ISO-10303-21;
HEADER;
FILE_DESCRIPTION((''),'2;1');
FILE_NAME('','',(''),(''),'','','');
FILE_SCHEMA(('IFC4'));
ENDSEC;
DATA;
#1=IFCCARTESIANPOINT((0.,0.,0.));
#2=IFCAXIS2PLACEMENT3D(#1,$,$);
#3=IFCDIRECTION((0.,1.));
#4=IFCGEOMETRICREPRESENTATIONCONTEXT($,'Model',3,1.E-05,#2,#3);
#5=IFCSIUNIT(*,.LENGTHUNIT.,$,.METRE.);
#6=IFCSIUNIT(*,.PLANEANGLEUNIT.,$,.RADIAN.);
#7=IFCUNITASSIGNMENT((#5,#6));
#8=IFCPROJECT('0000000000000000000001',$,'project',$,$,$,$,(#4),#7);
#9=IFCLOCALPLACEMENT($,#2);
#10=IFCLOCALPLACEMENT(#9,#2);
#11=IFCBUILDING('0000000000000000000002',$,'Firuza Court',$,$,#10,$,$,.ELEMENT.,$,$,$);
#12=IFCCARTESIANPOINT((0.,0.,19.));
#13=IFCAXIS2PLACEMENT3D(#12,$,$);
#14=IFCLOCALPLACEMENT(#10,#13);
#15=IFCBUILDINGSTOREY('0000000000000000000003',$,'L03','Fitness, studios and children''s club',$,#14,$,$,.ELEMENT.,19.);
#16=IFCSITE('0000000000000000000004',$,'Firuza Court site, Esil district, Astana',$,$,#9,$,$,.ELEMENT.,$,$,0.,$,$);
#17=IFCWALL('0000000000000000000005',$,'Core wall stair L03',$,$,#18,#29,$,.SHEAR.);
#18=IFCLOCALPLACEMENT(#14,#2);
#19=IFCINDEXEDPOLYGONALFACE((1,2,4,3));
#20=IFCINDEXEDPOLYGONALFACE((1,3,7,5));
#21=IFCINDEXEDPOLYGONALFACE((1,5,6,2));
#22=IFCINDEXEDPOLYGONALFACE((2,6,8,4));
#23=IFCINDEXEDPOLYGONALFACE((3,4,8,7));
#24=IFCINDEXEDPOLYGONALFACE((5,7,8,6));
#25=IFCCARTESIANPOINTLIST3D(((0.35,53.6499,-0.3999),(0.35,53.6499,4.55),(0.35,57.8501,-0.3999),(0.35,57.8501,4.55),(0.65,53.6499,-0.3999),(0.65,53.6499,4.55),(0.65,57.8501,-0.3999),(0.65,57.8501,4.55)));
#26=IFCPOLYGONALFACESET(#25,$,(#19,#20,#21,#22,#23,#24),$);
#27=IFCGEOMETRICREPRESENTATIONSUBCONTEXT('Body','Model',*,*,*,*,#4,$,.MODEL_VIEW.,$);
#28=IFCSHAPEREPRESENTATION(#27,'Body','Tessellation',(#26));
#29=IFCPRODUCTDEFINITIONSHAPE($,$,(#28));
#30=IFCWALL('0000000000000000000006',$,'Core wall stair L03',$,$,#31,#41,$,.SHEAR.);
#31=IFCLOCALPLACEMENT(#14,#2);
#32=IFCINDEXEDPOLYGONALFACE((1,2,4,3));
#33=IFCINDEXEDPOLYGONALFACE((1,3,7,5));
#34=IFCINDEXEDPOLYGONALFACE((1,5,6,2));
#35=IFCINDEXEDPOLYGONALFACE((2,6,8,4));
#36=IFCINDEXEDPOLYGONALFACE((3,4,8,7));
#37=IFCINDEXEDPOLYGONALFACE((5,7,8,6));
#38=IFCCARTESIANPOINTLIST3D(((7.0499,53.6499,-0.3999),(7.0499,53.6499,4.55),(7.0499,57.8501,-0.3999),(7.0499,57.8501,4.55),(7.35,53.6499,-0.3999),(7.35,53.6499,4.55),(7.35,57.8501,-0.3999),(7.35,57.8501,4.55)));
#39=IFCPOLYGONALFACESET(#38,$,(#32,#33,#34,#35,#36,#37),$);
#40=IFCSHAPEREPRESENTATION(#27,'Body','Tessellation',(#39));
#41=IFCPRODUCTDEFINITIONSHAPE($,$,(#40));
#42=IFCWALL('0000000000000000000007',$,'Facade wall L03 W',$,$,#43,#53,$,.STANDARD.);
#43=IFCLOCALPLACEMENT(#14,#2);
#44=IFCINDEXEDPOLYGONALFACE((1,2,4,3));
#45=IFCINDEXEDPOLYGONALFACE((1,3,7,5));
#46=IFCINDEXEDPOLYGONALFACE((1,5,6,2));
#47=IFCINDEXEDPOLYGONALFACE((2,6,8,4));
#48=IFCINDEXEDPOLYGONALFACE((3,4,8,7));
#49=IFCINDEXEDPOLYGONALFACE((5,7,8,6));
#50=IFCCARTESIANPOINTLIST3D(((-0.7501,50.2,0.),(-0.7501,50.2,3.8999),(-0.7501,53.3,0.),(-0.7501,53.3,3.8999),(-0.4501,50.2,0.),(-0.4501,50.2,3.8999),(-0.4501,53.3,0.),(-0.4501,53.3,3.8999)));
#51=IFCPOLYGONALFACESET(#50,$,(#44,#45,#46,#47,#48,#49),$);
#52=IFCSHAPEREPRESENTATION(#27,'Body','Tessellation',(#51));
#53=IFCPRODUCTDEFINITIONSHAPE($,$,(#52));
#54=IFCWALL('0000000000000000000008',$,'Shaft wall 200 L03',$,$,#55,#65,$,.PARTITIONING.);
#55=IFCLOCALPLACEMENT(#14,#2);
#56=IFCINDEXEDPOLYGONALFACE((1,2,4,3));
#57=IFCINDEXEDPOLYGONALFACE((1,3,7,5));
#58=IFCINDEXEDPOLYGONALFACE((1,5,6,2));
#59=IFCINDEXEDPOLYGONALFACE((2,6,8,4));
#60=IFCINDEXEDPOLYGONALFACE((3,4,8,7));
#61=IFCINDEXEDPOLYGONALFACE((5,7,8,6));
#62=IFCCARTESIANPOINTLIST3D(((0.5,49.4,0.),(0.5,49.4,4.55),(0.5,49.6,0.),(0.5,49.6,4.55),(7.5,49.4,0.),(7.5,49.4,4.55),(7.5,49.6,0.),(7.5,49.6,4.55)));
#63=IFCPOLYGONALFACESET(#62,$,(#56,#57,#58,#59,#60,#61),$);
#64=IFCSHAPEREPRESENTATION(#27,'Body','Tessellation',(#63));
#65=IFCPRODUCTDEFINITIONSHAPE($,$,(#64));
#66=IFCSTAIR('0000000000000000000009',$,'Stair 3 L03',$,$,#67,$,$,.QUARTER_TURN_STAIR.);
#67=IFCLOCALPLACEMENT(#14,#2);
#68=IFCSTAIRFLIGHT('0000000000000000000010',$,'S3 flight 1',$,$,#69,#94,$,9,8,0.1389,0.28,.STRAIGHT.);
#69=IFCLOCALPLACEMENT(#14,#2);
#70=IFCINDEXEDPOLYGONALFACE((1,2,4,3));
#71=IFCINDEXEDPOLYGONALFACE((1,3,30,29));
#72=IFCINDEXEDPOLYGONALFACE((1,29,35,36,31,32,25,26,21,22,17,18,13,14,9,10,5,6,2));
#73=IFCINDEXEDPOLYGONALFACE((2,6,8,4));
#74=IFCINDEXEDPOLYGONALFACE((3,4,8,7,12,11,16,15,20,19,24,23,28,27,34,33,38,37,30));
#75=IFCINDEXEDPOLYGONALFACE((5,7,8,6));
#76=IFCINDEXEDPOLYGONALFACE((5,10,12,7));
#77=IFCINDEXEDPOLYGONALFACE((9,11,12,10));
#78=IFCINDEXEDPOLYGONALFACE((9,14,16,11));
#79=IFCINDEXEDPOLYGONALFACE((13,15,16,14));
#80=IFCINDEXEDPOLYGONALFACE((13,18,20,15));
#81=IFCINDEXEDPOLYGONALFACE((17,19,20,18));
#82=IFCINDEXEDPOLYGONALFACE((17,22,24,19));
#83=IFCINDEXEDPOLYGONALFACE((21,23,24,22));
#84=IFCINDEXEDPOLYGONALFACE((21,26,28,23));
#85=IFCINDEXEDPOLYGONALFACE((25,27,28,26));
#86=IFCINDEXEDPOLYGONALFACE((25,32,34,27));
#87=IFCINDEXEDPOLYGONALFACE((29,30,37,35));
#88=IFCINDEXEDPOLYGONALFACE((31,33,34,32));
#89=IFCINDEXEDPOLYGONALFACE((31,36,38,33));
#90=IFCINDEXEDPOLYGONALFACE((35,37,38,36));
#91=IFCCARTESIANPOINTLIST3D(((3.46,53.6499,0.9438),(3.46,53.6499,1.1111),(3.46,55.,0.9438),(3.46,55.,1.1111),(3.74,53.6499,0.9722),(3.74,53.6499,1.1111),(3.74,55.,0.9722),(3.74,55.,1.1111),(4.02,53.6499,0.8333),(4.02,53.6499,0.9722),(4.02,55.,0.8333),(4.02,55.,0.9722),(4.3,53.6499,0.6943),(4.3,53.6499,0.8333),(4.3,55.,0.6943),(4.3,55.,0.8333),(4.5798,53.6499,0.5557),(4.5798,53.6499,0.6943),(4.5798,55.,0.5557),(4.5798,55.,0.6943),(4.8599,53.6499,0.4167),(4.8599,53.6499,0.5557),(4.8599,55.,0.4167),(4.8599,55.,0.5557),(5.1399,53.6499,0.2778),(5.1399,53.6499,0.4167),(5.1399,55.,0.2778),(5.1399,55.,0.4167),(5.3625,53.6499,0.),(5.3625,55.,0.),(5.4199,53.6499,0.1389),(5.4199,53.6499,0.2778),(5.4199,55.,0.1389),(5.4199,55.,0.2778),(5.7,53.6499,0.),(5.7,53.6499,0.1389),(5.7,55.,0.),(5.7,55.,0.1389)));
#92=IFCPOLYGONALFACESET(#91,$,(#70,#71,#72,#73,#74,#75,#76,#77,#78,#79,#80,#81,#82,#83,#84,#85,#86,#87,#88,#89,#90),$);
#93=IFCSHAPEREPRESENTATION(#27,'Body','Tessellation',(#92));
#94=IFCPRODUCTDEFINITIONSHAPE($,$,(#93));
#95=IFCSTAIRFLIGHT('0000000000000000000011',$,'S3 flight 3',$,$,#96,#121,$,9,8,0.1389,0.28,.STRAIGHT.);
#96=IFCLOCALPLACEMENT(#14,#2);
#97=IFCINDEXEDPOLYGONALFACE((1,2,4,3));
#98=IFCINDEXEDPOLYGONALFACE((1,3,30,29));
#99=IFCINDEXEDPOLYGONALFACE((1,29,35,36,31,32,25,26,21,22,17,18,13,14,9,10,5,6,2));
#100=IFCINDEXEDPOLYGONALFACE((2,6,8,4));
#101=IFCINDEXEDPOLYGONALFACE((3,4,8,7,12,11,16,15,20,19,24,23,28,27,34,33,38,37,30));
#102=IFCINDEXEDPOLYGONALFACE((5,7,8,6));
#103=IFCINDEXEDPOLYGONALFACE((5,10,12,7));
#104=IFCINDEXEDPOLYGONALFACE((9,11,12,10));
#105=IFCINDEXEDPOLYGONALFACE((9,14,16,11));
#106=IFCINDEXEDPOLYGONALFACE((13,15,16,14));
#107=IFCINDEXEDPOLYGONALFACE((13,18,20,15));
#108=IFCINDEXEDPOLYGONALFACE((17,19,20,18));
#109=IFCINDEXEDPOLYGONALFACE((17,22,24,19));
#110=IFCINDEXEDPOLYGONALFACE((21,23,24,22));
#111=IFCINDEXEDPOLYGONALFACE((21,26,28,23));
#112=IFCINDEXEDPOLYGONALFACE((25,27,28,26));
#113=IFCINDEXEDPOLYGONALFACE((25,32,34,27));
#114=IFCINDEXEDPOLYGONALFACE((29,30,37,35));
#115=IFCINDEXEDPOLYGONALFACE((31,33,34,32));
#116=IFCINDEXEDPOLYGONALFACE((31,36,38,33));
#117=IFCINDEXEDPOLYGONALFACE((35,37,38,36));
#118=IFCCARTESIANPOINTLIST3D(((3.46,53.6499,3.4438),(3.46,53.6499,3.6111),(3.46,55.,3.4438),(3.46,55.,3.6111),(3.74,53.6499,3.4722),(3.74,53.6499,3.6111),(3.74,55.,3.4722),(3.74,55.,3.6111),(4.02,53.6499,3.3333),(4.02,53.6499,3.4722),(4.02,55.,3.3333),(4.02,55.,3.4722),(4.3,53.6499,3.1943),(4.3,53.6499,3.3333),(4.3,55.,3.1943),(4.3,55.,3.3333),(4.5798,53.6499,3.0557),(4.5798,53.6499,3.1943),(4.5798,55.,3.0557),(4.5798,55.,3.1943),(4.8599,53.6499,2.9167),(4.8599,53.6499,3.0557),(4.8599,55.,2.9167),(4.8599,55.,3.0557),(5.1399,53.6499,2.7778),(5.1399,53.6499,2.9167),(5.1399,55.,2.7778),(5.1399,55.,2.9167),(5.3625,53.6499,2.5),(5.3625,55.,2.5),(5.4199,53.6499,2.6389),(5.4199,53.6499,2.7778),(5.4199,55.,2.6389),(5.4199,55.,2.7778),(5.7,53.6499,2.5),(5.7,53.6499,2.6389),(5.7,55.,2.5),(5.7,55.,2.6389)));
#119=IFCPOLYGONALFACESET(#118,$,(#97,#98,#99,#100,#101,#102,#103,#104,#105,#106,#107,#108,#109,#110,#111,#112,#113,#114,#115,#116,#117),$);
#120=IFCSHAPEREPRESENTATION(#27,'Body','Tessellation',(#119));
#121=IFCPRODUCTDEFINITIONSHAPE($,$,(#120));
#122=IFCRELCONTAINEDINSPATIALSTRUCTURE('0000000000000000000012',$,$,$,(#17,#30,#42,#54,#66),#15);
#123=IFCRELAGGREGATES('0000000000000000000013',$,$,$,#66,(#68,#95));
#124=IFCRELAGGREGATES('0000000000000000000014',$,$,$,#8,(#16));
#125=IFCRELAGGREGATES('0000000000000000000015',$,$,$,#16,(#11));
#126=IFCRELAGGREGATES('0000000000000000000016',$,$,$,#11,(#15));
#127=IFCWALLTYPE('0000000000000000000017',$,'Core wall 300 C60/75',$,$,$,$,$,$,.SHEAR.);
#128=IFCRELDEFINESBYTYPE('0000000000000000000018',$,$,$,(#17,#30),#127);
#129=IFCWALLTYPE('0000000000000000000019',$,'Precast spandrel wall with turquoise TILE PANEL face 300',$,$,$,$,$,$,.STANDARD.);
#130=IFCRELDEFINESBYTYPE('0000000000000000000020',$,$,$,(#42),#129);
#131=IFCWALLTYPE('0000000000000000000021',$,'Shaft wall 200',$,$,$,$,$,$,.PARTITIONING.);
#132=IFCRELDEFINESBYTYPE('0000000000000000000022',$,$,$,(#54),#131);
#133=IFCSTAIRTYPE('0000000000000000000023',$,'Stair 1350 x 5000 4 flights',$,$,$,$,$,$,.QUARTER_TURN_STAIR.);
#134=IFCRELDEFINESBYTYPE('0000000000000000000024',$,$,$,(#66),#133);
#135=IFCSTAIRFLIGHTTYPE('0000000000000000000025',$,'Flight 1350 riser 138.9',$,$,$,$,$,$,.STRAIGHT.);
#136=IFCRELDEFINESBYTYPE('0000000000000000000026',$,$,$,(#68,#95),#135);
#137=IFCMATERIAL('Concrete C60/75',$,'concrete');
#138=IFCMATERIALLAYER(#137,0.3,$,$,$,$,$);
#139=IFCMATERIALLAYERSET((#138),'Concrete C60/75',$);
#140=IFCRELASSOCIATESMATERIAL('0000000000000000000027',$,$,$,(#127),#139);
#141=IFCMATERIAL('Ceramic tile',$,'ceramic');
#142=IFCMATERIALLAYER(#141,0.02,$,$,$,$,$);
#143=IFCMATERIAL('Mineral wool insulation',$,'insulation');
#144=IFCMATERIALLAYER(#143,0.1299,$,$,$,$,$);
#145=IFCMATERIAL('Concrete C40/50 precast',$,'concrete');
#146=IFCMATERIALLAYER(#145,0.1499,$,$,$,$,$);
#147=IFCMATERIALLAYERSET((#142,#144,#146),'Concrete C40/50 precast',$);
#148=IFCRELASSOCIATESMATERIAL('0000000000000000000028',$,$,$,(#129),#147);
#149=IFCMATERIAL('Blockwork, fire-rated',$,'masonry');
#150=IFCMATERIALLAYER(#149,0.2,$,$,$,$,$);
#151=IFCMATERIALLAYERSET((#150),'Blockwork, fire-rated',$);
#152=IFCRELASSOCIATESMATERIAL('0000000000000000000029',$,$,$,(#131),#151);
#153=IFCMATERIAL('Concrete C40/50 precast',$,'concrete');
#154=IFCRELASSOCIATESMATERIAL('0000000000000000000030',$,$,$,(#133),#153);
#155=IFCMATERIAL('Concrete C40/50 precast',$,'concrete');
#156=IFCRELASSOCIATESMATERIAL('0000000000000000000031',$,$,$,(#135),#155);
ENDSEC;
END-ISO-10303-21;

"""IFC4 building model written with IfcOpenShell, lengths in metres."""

from ifc_helpers import new_model, si_unit, direction, frame, frame_2d, origin, place, context, subcontext, project, spatial, polyline, rectangle, outline, extrude, material, layer, layer_set, type_object, element, aggregate, save


model = new_model("IFC4")

# Units and contexts
model_context = context("Model", 3, precision=1e-05, world=origin(), true_north=direction((0.0, 1.0)))
body_context = subcontext(model_context, "Body", "Model", "MODEL_VIEW")
ifc_project = project(units=[si_unit("LENGTHUNIT", "METRE"), si_unit("PLANEANGLEUNIT", "RADIAN")], contexts=[model_context])

# Site, building, storey
site_placement = place(None, origin())
site = spatial("IfcSite", under=ifc_project, at=site_placement, Name="Firuza Court site, Esil district, Astana", CompositionType="ELEMENT", RefElevation=0.0)
building_placement = place(site_placement, origin())
building = spatial("IfcBuilding", under=site, at=building_placement, Name="Firuza Court", CompositionType="ELEMENT")
storey_placement = place(building_placement, frame((0.0, 0.0, 19.0)))
storey = spatial("IfcBuildingStorey", under=building, at=storey_placement, Name="L03", Description="Fitness, studios and children's club", CompositionType="ELEMENT", Elevation=19.0)

# Shared definitions
ifc_material_1 = material(Name="Concrete C60/75", Category="concrete")

# Shared definitions
ifc_layer_1 = layer(ifc_material_1, 0.3)
ifc_layer_set_1 = layer_set([ifc_layer_1], Name="Concrete C60/75")
wall_type_1 = type_object("IfcWallType", Name="Core wall 300 C60/75", PredefinedType="SHEAR", material=ifc_layer_set_1)

# Walls
for number, where, z_axis, x_axis, name in (
    (1, (0.5, 53.6499, -0.3999), (0.0, 0.0, 1.0), (0.0, 1.0, 0.0), "Core wall stair L03"),
    (2, (7.2, 53.6499, -0.3999), (0.0, 0.0, 1.0), (0.0, 1.0, 0.0), "Core wall stair L03"),
):
    element("IfcWall", number, at=place(storey_placement, frame(where, z_axis=z_axis, x_axis=x_axis)), inside=storey, type_object=wall_type_1, Name=name, PredefinedType="SHEAR", context=body_context, shape_type="SweptSolid", body=[
        extrude(rectangle(XDim=4.2002, YDim=0.3, at=frame_2d((2.1001, 0.0))), origin(), (0.0, 0.0, 1.0), 4.95),
    ])
ifc_material_2 = material(Name="Ceramic tile", Category="ceramic")
ifc_layer_2 = layer(ifc_material_2, 0.02)
ifc_material_3 = material(Name="Mineral wool insulation", Category="insulation")
ifc_layer_3 = layer(ifc_material_3, 0.1299)
ifc_material_4 = material(Name="Concrete C40/50 precast", Category="concrete")
ifc_layer_4 = layer(ifc_material_4, 0.1499)
ifc_layer_set_2 = layer_set([ifc_layer_2, ifc_layer_3, ifc_layer_4], Name="Concrete C40/50 precast")
wall_type_2 = type_object("IfcWallType", Name="Precast spandrel wall with turquoise TILE PANEL face 300", PredefinedType="STANDARD", material=ifc_layer_set_2)
wall_1_placement = place(storey_placement, frame((-0.6001, 53.3, 0.0), z_axis=(0.0, 0.0, 1.0), x_axis=(0.0, -1.0, 0.0)))
element("IfcWall", 3, at=wall_1_placement, inside=storey, type_object=wall_type_2, Name="Facade wall L03 W", PredefinedType="STANDARD", context=body_context, shape_type="SweptSolid", body=[
    extrude(rectangle(XDim=3.1001, YDim=0.3, at=frame_2d((1.55, 0.0))), origin(), (0.0, 0.0, 1.0), 3.8999),
])
ifc_material_5 = material(Name="Blockwork, fire-rated", Category="masonry")
ifc_layer_5 = layer(ifc_material_5, 0.2)
ifc_layer_set_3 = layer_set([ifc_layer_5], Name="Blockwork, fire-rated")
wall_type_3 = type_object("IfcWallType", Name="Shaft wall 200", PredefinedType="PARTITIONING", material=ifc_layer_set_3)
wall_2_placement = place(storey_placement, frame((0.5, 49.5, 0.0), z_axis=(0.0, 0.0, 1.0), x_axis=(1.0, 0.0, 0.0)))
element("IfcWall", 4, at=wall_2_placement, inside=storey, type_object=wall_type_3, Name="Shaft wall 200 L03", PredefinedType="PARTITIONING", context=body_context, shape_type="SweptSolid", body=[
    extrude(rectangle(XDim=7.0, YDim=0.2, at=frame_2d((3.5, 0.0))), origin(), (0.0, 0.0, 1.0), 4.55),
])

# Stair, stair flights
ifc_material_6 = material(Name="Concrete C40/50 precast", Category="concrete")
stair_type = type_object("IfcStairType", Name="Stair 1350 x 5000 4 flights", PredefinedType="QUARTER_TURN_STAIR", material=ifc_material_6)
stair_placement = place(storey_placement, origin())
stair = element("IfcStair", 5, at=stair_placement, inside=storey, type_object=stair_type, Name="Stair 3 L03", PredefinedType="QUARTER_TURN_STAIR")
ifc_material_7 = material(Name="Concrete C40/50 precast", Category="concrete")
stair_flight_type = type_object("IfcStairFlightType", Name="Flight 1350 riser 138.9", PredefinedType="STRAIGHT", material=ifc_material_7)
stair_flight_1_placement = place(storey_placement, frame((5.7, 54.325, 0.0), z_axis=(0.0, 0.0, 1.0), x_axis=(-1.0, 0.0, 0.0)))
stair_flight_1 = element("IfcStairFlight", 6, at=stair_flight_1_placement, type_object=stair_flight_type, Name="S3 flight 1", NumberOfRisers=9, NumberOfTreads=8, PredefinedType="STRAIGHT", RiserHeight=0.1389, TreadLength=0.28, context=body_context, shape_type="SweptSolid", body=[
    extrude(outline(polyline([(0.0, 0.0), (0.0, 0.1389), (0.28, 0.1389), (0.28, 0.2778), (0.5601, 0.2778), (0.5601, 0.4167), (0.8401, 0.4167), (0.8401, 0.5557), (1.1201, 0.5557), (1.1201, 0.6943), (1.3999, 0.6943), (1.3999, 0.8333), (1.6799, 0.8333), (1.6799, 0.9722), (1.96, 0.9722), (1.96, 1.1111), (2.24, 1.1111), (2.24, 1.25), (2.24, 0.9438), (0.3374, 0.0), (0.0, 0.0)])), frame((0.0, 0.675, 0.0), z_axis=(0.0, -1.0, 0.0), x_axis=(1.0, 0.0, 0.0)), (0.0, 0.0, 1.0), 1.3501),
])
stair_flight_2_placement = place(storey_placement, frame((5.7, 54.325, 2.5), z_axis=(0.0, 0.0, 1.0), x_axis=(-1.0, 0.0, 0.0)))
stair_flight_2 = element("IfcStairFlight", 7, at=stair_flight_2_placement, type_object=stair_flight_type, Name="S3 flight 3", NumberOfRisers=9, NumberOfTreads=8, PredefinedType="STRAIGHT", RiserHeight=0.1389, TreadLength=0.28, context=body_context, shape_type="SweptSolid", body=[
    extrude(outline(polyline([(0.0, 0.0), (0.0, 0.1389), (0.28, 0.1389), (0.28, 0.2778), (0.5601, 0.2778), (0.5601, 0.4167), (0.8401, 0.4167), (0.8401, 0.5557), (1.1201, 0.5557), (1.1201, 0.6943), (1.3999, 0.6943), (1.3999, 0.8333), (1.6799, 0.8333), (1.6799, 0.9722), (1.96, 0.9722), (1.96, 1.1111), (2.24, 1.1111), (2.24, 1.25), (2.24, 0.9438), (0.3374, 0.0), (0.0, 0.0)])), frame((0.0, 0.675, 0.0), z_axis=(0.0, -1.0, 0.0), x_axis=(1.0, 0.0, 0.0)), (0.0, 0.0, 1.0), 1.3501),
])
aggregate(stair, [stair_flight_1, stair_flight_2])

save(model, "model.ifc")
